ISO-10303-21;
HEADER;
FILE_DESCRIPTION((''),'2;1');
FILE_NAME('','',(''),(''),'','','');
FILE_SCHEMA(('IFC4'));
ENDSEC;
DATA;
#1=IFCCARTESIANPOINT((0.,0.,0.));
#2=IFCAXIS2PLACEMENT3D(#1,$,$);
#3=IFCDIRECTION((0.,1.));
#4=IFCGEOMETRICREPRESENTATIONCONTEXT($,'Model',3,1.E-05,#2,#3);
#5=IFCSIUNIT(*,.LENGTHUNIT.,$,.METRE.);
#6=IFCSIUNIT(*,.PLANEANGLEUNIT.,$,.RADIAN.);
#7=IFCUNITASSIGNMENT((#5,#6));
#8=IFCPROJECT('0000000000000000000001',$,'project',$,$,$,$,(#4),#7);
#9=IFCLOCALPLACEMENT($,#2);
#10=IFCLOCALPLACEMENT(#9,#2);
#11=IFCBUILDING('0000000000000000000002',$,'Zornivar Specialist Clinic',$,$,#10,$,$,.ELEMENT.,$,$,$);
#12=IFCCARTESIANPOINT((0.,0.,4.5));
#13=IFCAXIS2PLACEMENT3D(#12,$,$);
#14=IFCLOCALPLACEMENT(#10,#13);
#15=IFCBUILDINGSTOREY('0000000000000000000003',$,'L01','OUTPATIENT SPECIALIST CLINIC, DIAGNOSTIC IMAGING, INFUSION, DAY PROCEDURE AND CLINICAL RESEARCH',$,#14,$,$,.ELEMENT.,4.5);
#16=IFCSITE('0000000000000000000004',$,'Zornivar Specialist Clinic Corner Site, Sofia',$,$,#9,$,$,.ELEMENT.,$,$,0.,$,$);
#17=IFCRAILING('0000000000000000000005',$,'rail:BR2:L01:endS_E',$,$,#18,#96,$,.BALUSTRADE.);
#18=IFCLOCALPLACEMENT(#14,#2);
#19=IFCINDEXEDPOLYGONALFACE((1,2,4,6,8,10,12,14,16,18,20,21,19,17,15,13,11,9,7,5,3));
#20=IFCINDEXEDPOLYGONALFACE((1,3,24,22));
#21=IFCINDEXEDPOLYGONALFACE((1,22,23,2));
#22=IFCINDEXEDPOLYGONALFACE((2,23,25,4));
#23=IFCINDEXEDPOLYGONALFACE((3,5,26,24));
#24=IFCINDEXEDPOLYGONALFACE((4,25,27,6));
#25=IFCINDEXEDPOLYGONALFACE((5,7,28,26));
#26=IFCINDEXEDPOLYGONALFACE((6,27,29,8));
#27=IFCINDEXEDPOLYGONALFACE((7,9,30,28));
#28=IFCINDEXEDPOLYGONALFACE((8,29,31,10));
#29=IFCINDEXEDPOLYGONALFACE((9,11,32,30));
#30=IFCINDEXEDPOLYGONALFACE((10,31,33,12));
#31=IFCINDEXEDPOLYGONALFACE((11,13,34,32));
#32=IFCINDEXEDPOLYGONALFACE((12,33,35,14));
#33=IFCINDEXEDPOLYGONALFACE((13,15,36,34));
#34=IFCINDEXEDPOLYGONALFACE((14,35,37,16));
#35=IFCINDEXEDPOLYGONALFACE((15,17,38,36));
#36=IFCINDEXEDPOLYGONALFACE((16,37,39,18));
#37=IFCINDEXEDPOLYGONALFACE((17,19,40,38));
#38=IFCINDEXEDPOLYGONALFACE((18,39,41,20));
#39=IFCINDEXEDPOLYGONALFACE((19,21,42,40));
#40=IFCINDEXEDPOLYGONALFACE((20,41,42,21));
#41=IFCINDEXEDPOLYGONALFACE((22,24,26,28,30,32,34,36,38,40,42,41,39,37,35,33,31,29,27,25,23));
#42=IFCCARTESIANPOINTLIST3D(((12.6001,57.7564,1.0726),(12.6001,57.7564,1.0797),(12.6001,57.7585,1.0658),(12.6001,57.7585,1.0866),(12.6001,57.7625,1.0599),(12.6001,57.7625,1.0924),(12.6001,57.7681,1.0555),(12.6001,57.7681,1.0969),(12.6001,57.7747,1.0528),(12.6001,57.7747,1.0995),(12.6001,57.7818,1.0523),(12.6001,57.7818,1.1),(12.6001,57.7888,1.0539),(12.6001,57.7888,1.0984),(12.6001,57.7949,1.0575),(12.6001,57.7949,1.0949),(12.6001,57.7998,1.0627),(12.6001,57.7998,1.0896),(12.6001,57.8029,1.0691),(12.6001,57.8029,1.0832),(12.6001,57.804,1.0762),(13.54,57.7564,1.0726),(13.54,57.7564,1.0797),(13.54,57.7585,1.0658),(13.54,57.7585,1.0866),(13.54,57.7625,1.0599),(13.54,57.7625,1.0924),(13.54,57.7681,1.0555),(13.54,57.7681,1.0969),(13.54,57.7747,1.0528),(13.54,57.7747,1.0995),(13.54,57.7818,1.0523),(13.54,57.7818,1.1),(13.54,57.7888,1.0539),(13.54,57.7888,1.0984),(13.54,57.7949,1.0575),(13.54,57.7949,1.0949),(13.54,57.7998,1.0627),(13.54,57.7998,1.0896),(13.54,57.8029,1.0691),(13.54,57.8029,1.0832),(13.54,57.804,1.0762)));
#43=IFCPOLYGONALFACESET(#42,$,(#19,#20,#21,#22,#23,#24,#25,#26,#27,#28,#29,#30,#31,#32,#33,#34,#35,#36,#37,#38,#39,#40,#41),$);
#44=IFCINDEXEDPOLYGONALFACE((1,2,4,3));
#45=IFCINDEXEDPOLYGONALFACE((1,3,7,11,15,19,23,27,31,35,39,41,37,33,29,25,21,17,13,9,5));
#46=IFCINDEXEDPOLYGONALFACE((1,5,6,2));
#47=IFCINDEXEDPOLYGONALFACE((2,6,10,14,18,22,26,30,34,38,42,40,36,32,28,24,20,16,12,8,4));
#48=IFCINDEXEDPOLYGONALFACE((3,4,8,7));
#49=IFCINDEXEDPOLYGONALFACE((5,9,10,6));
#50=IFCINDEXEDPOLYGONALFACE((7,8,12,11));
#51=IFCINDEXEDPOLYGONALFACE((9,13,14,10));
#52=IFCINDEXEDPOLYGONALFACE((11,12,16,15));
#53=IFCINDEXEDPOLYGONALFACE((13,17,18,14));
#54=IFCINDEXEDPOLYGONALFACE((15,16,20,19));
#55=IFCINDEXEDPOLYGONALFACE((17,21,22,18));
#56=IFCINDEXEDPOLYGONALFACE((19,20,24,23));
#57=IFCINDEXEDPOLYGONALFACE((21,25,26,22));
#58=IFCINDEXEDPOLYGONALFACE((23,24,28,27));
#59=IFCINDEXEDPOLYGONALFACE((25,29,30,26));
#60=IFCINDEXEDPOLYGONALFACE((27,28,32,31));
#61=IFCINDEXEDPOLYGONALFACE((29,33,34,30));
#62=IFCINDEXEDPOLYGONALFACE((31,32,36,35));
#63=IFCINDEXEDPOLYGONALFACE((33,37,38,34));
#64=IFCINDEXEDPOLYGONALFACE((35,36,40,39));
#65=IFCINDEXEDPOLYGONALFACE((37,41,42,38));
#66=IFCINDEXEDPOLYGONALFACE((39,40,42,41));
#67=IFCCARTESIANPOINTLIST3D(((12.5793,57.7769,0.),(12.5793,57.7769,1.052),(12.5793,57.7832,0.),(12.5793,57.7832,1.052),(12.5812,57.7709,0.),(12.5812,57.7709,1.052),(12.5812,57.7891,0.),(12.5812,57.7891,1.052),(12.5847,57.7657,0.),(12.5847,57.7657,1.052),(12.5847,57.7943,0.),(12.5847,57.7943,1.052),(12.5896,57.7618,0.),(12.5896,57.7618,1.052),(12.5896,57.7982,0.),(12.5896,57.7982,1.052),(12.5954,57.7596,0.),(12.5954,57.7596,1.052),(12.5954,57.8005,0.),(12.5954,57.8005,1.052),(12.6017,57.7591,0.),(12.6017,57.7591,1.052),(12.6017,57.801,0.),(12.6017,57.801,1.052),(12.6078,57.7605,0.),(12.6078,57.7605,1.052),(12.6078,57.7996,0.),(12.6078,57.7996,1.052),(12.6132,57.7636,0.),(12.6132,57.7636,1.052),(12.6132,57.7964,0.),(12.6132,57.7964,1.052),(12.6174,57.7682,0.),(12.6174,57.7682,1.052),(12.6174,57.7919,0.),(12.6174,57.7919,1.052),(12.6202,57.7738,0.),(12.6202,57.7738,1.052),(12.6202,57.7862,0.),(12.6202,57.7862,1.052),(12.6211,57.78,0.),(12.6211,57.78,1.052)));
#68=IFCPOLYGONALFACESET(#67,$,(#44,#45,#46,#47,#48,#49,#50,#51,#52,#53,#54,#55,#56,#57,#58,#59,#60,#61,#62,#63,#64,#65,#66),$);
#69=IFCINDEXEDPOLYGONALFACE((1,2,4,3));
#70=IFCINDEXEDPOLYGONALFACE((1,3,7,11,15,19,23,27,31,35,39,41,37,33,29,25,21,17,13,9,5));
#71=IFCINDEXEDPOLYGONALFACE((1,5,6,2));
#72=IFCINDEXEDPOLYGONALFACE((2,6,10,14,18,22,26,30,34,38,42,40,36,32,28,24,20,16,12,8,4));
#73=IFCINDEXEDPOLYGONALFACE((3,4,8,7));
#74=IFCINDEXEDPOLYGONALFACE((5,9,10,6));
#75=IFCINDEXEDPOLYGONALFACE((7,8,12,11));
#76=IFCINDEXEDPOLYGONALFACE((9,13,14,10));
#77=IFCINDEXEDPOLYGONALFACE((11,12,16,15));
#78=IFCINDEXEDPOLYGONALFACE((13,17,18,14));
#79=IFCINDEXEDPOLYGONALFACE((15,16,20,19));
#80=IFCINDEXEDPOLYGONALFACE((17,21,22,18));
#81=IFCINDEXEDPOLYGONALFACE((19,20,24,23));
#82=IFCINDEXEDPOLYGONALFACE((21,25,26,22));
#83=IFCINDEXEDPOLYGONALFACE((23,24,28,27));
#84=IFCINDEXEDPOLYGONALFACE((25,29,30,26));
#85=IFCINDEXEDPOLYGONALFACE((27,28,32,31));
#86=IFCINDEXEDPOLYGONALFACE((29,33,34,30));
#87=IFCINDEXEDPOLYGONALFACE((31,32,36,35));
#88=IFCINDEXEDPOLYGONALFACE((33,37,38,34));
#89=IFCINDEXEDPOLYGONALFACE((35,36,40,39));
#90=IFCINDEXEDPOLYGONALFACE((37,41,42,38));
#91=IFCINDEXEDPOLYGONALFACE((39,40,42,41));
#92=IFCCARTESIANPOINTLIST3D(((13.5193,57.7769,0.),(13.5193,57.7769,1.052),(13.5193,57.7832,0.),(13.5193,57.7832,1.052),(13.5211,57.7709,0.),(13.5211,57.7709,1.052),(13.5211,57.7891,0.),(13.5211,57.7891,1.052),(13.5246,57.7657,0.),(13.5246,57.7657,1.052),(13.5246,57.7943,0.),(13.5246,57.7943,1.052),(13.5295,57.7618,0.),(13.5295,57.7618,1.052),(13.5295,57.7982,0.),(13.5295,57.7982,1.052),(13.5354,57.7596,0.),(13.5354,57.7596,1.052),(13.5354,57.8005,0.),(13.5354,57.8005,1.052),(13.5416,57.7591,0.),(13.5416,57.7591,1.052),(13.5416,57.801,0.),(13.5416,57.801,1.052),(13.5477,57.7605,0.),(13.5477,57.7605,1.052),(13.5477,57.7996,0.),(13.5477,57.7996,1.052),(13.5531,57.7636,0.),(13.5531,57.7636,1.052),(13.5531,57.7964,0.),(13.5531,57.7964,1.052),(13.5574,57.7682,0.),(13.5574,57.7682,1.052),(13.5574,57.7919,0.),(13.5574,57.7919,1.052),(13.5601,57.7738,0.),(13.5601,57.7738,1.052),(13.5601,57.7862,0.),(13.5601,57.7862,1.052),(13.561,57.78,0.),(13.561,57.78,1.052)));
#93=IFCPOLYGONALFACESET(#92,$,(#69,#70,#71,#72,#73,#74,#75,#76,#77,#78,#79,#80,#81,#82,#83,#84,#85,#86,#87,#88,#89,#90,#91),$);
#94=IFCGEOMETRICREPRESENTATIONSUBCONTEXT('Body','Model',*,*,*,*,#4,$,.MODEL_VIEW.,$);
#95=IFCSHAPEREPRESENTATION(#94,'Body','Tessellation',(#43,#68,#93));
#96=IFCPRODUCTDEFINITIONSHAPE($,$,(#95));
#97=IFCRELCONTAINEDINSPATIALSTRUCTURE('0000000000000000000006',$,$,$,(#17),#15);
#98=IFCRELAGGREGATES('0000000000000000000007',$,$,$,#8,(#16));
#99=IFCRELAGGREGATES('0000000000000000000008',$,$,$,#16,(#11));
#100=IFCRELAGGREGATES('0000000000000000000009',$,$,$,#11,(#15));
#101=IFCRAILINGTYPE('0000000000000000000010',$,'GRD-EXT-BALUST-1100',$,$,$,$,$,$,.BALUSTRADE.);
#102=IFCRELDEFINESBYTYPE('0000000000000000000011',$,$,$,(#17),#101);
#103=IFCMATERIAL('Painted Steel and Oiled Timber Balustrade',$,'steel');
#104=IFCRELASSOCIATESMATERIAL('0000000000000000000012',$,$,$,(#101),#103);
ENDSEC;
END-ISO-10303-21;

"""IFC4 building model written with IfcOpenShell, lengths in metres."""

from ifc_helpers import new_model, si_unit, direction, frame, origin, origin_2d, place, context, subcontext, project, spatial, circle, extrude, material, type_object, element, save


model = new_model("IFC4")

# Units and contexts
model_context = context("Model", 3, precision=1e-05, world=origin(), true_north=direction((0.0, 1.0)))
body_context = subcontext(model_context, "Body", "Model", "MODEL_VIEW")
ifc_project = project(units=[si_unit("LENGTHUNIT", "METRE"), si_unit("PLANEANGLEUNIT", "RADIAN")], contexts=[model_context])

# Site, building, storey
site_placement = place(None, origin())
site = spatial("IfcSite", under=ifc_project, at=site_placement, Name="Zornivar Specialist Clinic Corner Site, Sofia", CompositionType="ELEMENT", RefElevation=0.0)
building_placement = place(site_placement, origin())
building = spatial("IfcBuilding", under=site, at=building_placement, Name="Zornivar Specialist Clinic", CompositionType="ELEMENT")
storey_placement = place(building_placement, frame((0.0, 0.0, 4.5)))
storey = spatial("IfcBuildingStorey", under=building, at=storey_placement, Name="L01", Description="OUTPATIENT SPECIALIST CLINIC, DIAGNOSTIC IMAGING, INFUSION, DAY PROCEDURE AND CLINICAL RESEARCH", CompositionType="ELEMENT", Elevation=4.5)

# Railing
ifc_material_1 = material(Name="Painted Steel and Oiled Timber Balustrade", Category="steel")
railing_type = type_object("IfcRailingType", Name="GRD-EXT-BALUST-1100", PredefinedType="BALUSTRADE", material=ifc_material_1)
railing_1_placement = place(storey_placement, frame((12.6001, 57.78, 0.0)))
element("IfcRailing", 1, at=railing_1_placement, inside=storey, type_object=railing_type, Name="rail:BR2:L01:endS_E", PredefinedType="BALUSTRADE", context=body_context, shape_type="SweptSolid", body=[
    extrude(circle(Radius=0.0239, at=origin_2d()), frame((0.0, 0.0, 1.0762), z_axis=(1.0, 0.0, 0.0), x_axis=(0.0, 1.0, 0.0)), (0.0, 0.0, 1.0), 0.9399),
    extrude(circle(Radius=0.021, at=origin_2d()), origin(), (0.0, 0.0, 1.0), 1.052),
    extrude(circle(Radius=0.021, at=origin_2d()), frame((0.9399, 0.0, 0.0)), (0.0, 0.0, 1.0), 1.052),
])

save(model, "model.ifc")
